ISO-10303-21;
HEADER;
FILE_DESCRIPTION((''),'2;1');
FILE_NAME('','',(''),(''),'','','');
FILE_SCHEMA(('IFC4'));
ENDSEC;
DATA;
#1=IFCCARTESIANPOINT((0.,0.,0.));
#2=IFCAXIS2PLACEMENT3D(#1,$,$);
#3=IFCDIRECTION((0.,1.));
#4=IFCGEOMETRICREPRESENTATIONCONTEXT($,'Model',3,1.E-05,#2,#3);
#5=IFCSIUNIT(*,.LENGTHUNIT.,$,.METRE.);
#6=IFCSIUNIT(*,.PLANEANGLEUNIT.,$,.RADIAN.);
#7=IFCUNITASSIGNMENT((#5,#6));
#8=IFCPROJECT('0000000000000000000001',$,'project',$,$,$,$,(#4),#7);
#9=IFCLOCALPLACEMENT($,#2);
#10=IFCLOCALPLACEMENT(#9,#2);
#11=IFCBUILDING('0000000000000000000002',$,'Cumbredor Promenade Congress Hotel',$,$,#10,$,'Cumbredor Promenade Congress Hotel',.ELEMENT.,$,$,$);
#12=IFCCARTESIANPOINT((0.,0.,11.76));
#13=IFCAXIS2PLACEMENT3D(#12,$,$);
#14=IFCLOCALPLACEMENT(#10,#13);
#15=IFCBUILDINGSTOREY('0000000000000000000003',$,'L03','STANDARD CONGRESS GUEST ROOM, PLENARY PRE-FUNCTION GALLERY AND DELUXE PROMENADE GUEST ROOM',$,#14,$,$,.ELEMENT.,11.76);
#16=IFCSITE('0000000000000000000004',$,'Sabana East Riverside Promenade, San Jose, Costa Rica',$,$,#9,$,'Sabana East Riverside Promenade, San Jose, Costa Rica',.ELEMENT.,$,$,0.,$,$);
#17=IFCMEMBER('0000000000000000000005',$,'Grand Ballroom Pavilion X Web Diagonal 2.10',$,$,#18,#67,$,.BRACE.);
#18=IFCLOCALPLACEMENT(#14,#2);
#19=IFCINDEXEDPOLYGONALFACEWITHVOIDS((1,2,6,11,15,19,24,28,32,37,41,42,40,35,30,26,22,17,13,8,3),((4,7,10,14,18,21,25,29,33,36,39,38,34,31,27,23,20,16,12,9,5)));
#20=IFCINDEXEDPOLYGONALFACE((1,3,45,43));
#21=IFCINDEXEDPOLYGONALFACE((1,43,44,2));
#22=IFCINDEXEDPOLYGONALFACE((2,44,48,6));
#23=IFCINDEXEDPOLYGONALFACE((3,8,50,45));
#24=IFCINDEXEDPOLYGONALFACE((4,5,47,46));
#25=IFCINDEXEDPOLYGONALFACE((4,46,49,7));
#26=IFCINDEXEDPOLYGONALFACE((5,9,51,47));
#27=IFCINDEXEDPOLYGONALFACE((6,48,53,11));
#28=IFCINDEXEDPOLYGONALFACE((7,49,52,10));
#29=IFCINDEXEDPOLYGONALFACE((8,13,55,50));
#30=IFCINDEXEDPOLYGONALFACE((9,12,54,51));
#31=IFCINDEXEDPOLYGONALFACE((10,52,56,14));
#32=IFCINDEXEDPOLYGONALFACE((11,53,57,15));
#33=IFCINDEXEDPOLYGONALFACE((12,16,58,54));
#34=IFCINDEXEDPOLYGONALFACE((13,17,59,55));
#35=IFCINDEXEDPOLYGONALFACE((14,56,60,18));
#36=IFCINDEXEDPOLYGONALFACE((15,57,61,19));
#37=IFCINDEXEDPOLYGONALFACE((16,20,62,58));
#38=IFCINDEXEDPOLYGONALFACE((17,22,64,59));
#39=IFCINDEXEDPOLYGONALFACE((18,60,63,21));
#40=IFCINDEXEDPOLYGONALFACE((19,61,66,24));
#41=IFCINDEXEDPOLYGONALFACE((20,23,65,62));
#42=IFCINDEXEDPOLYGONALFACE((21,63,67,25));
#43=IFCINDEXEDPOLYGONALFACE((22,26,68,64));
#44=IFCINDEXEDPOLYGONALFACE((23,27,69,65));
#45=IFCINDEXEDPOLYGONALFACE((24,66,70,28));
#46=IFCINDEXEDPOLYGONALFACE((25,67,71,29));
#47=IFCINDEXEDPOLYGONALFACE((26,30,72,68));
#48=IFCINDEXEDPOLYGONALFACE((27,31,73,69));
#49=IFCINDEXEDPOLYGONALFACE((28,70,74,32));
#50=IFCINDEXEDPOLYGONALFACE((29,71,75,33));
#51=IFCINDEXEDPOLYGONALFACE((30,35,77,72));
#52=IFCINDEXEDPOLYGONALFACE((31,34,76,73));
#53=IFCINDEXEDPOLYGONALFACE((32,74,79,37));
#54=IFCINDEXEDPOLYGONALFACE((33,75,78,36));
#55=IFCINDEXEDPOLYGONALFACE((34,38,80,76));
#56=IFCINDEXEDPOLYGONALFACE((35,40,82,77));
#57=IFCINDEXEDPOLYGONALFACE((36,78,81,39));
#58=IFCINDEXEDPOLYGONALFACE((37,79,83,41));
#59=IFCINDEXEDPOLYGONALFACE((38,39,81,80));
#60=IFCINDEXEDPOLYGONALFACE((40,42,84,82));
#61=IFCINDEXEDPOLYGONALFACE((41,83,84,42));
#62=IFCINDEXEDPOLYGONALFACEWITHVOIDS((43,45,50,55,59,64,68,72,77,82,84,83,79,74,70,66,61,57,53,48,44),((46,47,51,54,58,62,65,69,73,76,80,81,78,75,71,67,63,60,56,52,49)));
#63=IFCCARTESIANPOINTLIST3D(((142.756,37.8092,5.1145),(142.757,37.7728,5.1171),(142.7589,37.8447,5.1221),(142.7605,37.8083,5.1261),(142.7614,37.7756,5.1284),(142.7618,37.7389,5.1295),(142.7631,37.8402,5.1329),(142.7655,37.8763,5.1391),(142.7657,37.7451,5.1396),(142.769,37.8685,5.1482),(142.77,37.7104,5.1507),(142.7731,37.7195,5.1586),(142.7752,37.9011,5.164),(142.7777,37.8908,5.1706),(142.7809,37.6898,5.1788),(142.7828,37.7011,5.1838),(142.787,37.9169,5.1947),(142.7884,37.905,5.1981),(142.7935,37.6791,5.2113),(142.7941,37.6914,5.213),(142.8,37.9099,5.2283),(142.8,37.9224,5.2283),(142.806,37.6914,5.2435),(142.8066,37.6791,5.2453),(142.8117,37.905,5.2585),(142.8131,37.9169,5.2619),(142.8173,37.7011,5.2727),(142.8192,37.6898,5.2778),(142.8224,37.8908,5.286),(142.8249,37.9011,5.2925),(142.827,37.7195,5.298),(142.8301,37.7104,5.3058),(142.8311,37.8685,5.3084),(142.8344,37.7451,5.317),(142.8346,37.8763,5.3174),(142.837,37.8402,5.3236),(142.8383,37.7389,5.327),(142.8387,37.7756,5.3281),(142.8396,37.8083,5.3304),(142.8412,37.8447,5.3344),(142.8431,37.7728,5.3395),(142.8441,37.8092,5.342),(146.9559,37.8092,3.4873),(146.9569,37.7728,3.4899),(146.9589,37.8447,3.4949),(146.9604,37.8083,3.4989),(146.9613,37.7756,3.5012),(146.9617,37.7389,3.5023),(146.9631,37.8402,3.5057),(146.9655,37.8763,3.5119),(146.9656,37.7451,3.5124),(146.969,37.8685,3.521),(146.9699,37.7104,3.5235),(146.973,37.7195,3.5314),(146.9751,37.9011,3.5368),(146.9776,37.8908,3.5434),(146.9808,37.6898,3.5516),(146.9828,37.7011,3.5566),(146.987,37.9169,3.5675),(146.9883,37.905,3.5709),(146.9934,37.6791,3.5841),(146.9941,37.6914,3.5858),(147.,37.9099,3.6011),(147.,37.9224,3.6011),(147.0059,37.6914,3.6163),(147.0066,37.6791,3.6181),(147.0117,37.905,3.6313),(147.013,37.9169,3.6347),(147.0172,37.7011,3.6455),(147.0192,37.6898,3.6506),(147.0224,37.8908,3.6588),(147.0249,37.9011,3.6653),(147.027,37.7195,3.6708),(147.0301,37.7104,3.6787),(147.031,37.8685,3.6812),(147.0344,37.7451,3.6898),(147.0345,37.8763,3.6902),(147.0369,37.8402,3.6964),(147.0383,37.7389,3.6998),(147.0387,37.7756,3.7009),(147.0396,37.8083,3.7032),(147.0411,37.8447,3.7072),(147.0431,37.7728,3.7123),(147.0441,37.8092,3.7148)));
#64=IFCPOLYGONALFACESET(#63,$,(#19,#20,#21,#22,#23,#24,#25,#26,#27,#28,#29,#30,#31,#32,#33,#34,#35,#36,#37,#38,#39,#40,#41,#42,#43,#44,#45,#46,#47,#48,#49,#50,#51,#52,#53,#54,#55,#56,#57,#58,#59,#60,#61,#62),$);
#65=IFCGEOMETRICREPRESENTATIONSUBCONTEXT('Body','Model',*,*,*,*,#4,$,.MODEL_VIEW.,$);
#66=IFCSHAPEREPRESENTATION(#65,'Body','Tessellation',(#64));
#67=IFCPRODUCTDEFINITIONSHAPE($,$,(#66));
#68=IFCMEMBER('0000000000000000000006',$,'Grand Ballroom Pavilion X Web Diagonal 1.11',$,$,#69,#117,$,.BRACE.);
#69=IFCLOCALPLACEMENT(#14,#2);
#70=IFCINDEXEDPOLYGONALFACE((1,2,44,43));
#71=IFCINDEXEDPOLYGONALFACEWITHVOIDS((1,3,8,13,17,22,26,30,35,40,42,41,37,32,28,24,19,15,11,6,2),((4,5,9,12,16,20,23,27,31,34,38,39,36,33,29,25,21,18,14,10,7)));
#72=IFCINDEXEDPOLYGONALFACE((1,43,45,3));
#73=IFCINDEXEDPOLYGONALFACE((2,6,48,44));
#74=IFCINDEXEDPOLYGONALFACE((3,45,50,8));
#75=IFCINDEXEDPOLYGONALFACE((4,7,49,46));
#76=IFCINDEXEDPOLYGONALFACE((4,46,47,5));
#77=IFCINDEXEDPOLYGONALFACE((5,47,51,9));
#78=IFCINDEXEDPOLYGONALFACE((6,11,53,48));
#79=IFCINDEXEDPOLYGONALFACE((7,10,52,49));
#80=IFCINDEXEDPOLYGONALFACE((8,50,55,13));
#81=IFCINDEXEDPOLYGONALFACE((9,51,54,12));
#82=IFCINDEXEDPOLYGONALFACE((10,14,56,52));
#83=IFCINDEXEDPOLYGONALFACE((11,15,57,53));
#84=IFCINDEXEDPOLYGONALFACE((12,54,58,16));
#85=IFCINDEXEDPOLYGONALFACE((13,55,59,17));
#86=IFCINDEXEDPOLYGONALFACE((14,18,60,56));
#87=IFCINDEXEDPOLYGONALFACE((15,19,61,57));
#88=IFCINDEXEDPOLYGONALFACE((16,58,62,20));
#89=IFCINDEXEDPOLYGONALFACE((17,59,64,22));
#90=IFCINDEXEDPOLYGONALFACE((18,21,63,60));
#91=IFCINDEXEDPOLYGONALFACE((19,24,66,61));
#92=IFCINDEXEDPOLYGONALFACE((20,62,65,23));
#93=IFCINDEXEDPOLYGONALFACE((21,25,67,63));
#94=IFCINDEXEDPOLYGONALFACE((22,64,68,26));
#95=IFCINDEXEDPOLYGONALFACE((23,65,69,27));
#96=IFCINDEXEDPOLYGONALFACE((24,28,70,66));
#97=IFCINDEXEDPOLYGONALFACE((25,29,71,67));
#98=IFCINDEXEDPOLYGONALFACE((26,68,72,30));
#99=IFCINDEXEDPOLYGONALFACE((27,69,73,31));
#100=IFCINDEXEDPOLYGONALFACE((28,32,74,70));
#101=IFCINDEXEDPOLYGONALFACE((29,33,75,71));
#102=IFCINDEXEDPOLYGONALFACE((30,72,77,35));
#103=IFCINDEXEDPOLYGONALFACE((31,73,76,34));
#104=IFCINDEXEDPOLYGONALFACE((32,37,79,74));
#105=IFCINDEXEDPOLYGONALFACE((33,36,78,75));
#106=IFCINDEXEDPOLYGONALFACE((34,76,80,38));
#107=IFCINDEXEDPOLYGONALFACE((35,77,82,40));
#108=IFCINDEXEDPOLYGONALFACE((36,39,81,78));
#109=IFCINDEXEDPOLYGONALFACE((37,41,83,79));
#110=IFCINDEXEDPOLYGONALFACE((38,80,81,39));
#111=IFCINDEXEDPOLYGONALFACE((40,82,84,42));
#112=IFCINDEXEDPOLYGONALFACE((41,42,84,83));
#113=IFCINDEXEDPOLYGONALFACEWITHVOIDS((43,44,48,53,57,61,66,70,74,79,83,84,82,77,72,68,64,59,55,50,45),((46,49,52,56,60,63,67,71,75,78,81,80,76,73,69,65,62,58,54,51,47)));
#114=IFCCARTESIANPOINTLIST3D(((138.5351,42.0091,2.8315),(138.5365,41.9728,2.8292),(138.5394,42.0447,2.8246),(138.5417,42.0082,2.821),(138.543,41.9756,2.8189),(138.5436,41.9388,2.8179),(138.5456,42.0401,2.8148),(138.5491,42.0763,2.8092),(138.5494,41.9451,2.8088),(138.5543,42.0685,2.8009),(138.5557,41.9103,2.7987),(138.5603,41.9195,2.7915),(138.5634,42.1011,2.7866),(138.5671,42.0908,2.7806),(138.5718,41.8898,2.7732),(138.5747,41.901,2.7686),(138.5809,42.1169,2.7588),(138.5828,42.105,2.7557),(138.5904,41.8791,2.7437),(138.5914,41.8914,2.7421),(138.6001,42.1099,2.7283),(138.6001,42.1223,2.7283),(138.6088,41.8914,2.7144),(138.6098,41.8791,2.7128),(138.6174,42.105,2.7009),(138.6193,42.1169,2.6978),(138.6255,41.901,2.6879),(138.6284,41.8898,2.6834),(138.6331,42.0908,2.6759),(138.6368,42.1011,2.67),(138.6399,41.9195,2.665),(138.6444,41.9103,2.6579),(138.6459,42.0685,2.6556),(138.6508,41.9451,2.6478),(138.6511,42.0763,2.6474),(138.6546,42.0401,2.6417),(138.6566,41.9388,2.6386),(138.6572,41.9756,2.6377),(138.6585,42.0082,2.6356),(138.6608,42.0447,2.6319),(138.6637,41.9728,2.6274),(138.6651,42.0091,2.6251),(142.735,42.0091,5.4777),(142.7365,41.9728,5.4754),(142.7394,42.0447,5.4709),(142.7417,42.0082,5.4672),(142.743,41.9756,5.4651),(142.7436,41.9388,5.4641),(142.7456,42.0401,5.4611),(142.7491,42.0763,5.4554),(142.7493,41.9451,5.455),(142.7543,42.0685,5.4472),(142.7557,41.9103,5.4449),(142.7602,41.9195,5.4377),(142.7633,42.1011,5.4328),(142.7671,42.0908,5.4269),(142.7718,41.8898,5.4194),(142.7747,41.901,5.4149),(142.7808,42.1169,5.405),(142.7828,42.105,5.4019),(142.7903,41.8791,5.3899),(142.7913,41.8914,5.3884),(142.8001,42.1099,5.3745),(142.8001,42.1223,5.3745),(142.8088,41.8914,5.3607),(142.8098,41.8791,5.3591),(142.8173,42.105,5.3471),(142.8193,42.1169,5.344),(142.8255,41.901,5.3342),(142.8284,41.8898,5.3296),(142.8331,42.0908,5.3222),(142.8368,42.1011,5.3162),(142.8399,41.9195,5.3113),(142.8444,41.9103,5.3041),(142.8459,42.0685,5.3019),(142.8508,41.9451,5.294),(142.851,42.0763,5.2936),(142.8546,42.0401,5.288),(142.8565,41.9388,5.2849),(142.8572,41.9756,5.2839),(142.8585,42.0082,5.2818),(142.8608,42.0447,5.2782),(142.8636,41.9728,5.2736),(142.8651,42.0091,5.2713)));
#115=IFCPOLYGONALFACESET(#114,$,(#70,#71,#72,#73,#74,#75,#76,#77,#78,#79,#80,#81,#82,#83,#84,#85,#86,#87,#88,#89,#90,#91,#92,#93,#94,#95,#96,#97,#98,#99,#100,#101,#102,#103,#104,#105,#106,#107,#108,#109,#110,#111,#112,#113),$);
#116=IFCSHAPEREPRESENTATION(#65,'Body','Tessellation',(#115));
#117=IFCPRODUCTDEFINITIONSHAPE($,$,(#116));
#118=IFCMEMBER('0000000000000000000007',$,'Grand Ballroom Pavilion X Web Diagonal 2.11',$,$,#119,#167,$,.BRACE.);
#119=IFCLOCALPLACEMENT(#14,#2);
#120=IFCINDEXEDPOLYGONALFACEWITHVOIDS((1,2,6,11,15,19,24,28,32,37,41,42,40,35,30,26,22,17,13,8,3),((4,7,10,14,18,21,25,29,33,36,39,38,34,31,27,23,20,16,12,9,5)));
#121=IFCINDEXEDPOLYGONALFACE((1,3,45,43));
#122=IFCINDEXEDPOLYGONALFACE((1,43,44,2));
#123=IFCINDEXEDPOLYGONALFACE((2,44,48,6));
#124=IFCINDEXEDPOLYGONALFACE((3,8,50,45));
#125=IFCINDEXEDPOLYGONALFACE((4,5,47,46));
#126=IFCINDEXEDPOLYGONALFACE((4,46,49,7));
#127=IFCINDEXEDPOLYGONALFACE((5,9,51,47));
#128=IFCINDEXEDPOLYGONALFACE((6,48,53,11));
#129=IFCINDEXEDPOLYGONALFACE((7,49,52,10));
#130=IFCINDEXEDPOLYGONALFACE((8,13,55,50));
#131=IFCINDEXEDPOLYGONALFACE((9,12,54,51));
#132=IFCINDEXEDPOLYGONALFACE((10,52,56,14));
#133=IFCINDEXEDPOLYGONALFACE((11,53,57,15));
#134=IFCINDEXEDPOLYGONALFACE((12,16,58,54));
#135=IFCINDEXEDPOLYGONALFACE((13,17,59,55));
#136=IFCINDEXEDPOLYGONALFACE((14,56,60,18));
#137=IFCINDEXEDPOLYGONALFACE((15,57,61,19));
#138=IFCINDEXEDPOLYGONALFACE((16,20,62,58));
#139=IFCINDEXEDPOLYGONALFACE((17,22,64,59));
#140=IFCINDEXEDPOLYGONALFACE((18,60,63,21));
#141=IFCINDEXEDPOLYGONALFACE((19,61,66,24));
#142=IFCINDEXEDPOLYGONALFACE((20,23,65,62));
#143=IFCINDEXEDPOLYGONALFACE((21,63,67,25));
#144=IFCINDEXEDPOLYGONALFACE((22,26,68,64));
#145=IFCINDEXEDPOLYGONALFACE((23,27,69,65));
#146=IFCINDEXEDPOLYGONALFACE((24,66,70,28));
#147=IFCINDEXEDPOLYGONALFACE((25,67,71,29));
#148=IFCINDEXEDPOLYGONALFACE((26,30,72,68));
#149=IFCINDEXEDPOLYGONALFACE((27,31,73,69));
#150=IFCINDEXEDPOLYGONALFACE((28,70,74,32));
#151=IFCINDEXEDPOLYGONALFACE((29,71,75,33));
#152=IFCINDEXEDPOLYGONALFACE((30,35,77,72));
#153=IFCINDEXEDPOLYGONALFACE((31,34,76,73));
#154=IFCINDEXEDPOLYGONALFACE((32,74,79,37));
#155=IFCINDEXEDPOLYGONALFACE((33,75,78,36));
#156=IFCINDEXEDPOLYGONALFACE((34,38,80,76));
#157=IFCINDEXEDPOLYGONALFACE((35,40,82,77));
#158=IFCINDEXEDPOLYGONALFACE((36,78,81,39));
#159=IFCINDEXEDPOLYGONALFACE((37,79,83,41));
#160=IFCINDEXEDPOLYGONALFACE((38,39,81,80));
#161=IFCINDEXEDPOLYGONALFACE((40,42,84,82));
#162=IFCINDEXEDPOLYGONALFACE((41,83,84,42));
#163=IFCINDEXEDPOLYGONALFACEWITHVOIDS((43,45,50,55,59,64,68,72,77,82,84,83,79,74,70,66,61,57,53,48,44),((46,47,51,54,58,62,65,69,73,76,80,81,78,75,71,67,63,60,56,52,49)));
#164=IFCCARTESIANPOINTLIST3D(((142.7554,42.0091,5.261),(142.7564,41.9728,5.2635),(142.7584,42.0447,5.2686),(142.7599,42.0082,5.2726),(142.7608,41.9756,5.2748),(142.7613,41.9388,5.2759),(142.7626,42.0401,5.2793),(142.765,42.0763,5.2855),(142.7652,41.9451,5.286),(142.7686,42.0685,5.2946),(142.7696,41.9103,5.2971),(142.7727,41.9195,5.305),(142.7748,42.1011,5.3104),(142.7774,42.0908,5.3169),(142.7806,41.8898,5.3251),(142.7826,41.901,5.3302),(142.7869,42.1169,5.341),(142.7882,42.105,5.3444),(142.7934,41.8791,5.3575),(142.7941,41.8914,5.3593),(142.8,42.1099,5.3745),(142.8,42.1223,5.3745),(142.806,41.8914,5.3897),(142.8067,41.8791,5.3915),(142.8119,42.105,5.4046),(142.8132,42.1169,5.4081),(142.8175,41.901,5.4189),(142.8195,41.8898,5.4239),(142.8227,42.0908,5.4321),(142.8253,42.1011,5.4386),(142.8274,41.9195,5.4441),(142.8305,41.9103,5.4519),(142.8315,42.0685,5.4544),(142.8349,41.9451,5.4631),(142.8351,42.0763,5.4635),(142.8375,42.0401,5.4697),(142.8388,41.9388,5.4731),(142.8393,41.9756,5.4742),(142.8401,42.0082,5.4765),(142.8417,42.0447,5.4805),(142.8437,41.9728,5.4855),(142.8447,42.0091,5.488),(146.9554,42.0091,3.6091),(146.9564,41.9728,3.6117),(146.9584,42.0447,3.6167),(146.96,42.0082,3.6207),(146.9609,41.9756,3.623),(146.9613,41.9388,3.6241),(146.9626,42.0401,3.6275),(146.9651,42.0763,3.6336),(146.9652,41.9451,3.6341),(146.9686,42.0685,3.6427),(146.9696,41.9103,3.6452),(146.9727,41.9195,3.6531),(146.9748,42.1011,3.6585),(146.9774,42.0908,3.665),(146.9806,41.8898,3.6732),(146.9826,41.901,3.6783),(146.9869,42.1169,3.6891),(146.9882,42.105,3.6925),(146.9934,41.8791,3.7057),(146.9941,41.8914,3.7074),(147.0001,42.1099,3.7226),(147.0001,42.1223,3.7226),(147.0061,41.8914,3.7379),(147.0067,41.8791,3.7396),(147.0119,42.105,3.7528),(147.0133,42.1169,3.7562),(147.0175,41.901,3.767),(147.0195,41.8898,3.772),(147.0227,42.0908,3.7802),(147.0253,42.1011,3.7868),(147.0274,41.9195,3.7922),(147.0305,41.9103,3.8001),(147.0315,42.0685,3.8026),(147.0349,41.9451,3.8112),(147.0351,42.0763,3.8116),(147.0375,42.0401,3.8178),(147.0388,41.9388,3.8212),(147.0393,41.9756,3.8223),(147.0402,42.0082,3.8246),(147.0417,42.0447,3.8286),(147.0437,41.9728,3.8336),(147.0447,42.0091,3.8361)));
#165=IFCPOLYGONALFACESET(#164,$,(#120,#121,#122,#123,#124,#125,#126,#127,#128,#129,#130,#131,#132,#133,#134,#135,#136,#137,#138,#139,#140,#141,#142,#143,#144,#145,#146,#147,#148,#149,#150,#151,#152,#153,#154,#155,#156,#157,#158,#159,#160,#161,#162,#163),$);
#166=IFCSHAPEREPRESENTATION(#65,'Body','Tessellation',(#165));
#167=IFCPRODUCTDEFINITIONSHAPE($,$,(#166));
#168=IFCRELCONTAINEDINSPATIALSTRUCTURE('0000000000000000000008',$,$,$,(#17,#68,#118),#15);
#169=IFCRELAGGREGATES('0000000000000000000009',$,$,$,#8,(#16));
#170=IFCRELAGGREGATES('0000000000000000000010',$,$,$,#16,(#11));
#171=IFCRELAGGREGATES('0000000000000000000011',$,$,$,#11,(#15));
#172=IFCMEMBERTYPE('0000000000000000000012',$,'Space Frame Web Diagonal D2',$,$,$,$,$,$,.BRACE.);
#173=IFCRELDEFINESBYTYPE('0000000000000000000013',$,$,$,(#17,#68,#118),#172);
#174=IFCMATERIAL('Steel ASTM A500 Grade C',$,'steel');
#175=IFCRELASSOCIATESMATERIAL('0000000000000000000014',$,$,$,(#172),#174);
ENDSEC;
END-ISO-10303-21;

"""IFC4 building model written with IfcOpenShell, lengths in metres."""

from ifc_helpers import new_model, si_unit, direction, frame, origin, origin_2d, place, context, subcontext, project, spatial, hollow_circle, extrude, material, material_profile, profile_set, type_object, element, save


model = new_model("IFC4")

# Units and contexts
model_context = context("Model", 3, precision=1e-05, world=origin(), true_north=direction((0.0, 1.0)))
body_context = subcontext(model_context, "Body", "Model", "MODEL_VIEW")
ifc_project = project(units=[si_unit("LENGTHUNIT", "METRE"), si_unit("PLANEANGLEUNIT", "RADIAN")], contexts=[model_context])

# Site, building, storey
site_placement = place(None, origin())
site = spatial("IfcSite", under=ifc_project, at=site_placement, Name="Sabana East Riverside Promenade, San Jose, Costa Rica", LongName="Sabana East Riverside Promenade, San Jose, Costa Rica", CompositionType="ELEMENT", RefElevation=0.0)
building_placement = place(site_placement, origin())
building = spatial("IfcBuilding", under=site, at=building_placement, Name="Cumbredor Promenade Congress Hotel", LongName="Cumbredor Promenade Congress Hotel", CompositionType="ELEMENT")
storey_placement = place(building_placement, frame((0.0, 0.0, 11.76)))
storey = spatial("IfcBuildingStorey", under=building, at=storey_placement, Name="L03", Description="STANDARD CONGRESS GUEST ROOM, PLENARY PRE-FUNCTION GALLERY AND DELUXE PROMENADE GUEST ROOM", CompositionType="ELEMENT", Elevation=11.76)

# Members
ifc_material_1 = material(Name="Steel ASTM A500 Grade C", Category="steel")
ifc_material_profile_1 = material_profile(ifc_material_1, hollow_circle(Radius=0.1223, WallThickness=0.0125, at=origin_2d()), Name="CHS 244.5x12.5")
ifc_profile_set_1 = profile_set([ifc_material_profile_1], Name="Steel ASTM A500 Grade C")
member_type_1 = type_object("IfcMemberType", Name="Space Frame Web Diagonal D2", PredefinedType="BRACE", material=ifc_profile_set_1)
for number, where, z_axis, x_axis, name in (
    (1, (142.8, 37.8, 5.2283), (0.932463, 0.0, -0.361266), (0.0, 1.0, 0.0), "Grand Ballroom Pavilion X Web Diagonal 2.10"),
):
    element("IfcMember", number, at=place(storey_placement, frame(where, z_axis=z_axis, x_axis=x_axis)), inside=storey, type_object=member_type_1, Name=name, PredefinedType="BRACE", context=body_context, shape_type="SweptSolid", body=[
        extrude(hollow_circle(Radius=0.1223, WallThickness=0.0125, at=origin_2d()), origin(), (0.0, 0.0, 1.0), 4.5042),
    ])
member_1_placement = place(storey_placement, frame((138.6001, 42.0, 2.7283), z_axis=(0.846067, 0.0, 0.533077), x_axis=(0.0, 1.0, 0.0)))
element("IfcMember", 2, at=member_1_placement, inside=storey, type_object=member_type_1, Name="Grand Ballroom Pavilion X Web Diagonal 1.11", PredefinedType="BRACE", context=body_context, shape_type="SweptSolid", body=[
    extrude(hollow_circle(Radius=0.1223, WallThickness=0.0125, at=origin_2d()), origin(), (0.0, 0.0, 1.0), 4.9641),
])
member_2_placement = place(storey_placement, frame((142.8, 42.0, 5.3745), z_axis=(0.93061, 0.0, -0.366012), x_axis=(0.0, 1.0, 0.0)))
element("IfcMember", 3, at=member_2_placement, inside=storey, type_object=member_type_1, Name="Grand Ballroom Pavilion X Web Diagonal 2.11", PredefinedType="BRACE", context=body_context, shape_type="SweptSolid", body=[
    extrude(hollow_circle(Radius=0.1223, WallThickness=0.0125, at=origin_2d()), origin(), (0.0, 0.0, 1.0), 4.5132),
])

save(model, "model.ifc")
